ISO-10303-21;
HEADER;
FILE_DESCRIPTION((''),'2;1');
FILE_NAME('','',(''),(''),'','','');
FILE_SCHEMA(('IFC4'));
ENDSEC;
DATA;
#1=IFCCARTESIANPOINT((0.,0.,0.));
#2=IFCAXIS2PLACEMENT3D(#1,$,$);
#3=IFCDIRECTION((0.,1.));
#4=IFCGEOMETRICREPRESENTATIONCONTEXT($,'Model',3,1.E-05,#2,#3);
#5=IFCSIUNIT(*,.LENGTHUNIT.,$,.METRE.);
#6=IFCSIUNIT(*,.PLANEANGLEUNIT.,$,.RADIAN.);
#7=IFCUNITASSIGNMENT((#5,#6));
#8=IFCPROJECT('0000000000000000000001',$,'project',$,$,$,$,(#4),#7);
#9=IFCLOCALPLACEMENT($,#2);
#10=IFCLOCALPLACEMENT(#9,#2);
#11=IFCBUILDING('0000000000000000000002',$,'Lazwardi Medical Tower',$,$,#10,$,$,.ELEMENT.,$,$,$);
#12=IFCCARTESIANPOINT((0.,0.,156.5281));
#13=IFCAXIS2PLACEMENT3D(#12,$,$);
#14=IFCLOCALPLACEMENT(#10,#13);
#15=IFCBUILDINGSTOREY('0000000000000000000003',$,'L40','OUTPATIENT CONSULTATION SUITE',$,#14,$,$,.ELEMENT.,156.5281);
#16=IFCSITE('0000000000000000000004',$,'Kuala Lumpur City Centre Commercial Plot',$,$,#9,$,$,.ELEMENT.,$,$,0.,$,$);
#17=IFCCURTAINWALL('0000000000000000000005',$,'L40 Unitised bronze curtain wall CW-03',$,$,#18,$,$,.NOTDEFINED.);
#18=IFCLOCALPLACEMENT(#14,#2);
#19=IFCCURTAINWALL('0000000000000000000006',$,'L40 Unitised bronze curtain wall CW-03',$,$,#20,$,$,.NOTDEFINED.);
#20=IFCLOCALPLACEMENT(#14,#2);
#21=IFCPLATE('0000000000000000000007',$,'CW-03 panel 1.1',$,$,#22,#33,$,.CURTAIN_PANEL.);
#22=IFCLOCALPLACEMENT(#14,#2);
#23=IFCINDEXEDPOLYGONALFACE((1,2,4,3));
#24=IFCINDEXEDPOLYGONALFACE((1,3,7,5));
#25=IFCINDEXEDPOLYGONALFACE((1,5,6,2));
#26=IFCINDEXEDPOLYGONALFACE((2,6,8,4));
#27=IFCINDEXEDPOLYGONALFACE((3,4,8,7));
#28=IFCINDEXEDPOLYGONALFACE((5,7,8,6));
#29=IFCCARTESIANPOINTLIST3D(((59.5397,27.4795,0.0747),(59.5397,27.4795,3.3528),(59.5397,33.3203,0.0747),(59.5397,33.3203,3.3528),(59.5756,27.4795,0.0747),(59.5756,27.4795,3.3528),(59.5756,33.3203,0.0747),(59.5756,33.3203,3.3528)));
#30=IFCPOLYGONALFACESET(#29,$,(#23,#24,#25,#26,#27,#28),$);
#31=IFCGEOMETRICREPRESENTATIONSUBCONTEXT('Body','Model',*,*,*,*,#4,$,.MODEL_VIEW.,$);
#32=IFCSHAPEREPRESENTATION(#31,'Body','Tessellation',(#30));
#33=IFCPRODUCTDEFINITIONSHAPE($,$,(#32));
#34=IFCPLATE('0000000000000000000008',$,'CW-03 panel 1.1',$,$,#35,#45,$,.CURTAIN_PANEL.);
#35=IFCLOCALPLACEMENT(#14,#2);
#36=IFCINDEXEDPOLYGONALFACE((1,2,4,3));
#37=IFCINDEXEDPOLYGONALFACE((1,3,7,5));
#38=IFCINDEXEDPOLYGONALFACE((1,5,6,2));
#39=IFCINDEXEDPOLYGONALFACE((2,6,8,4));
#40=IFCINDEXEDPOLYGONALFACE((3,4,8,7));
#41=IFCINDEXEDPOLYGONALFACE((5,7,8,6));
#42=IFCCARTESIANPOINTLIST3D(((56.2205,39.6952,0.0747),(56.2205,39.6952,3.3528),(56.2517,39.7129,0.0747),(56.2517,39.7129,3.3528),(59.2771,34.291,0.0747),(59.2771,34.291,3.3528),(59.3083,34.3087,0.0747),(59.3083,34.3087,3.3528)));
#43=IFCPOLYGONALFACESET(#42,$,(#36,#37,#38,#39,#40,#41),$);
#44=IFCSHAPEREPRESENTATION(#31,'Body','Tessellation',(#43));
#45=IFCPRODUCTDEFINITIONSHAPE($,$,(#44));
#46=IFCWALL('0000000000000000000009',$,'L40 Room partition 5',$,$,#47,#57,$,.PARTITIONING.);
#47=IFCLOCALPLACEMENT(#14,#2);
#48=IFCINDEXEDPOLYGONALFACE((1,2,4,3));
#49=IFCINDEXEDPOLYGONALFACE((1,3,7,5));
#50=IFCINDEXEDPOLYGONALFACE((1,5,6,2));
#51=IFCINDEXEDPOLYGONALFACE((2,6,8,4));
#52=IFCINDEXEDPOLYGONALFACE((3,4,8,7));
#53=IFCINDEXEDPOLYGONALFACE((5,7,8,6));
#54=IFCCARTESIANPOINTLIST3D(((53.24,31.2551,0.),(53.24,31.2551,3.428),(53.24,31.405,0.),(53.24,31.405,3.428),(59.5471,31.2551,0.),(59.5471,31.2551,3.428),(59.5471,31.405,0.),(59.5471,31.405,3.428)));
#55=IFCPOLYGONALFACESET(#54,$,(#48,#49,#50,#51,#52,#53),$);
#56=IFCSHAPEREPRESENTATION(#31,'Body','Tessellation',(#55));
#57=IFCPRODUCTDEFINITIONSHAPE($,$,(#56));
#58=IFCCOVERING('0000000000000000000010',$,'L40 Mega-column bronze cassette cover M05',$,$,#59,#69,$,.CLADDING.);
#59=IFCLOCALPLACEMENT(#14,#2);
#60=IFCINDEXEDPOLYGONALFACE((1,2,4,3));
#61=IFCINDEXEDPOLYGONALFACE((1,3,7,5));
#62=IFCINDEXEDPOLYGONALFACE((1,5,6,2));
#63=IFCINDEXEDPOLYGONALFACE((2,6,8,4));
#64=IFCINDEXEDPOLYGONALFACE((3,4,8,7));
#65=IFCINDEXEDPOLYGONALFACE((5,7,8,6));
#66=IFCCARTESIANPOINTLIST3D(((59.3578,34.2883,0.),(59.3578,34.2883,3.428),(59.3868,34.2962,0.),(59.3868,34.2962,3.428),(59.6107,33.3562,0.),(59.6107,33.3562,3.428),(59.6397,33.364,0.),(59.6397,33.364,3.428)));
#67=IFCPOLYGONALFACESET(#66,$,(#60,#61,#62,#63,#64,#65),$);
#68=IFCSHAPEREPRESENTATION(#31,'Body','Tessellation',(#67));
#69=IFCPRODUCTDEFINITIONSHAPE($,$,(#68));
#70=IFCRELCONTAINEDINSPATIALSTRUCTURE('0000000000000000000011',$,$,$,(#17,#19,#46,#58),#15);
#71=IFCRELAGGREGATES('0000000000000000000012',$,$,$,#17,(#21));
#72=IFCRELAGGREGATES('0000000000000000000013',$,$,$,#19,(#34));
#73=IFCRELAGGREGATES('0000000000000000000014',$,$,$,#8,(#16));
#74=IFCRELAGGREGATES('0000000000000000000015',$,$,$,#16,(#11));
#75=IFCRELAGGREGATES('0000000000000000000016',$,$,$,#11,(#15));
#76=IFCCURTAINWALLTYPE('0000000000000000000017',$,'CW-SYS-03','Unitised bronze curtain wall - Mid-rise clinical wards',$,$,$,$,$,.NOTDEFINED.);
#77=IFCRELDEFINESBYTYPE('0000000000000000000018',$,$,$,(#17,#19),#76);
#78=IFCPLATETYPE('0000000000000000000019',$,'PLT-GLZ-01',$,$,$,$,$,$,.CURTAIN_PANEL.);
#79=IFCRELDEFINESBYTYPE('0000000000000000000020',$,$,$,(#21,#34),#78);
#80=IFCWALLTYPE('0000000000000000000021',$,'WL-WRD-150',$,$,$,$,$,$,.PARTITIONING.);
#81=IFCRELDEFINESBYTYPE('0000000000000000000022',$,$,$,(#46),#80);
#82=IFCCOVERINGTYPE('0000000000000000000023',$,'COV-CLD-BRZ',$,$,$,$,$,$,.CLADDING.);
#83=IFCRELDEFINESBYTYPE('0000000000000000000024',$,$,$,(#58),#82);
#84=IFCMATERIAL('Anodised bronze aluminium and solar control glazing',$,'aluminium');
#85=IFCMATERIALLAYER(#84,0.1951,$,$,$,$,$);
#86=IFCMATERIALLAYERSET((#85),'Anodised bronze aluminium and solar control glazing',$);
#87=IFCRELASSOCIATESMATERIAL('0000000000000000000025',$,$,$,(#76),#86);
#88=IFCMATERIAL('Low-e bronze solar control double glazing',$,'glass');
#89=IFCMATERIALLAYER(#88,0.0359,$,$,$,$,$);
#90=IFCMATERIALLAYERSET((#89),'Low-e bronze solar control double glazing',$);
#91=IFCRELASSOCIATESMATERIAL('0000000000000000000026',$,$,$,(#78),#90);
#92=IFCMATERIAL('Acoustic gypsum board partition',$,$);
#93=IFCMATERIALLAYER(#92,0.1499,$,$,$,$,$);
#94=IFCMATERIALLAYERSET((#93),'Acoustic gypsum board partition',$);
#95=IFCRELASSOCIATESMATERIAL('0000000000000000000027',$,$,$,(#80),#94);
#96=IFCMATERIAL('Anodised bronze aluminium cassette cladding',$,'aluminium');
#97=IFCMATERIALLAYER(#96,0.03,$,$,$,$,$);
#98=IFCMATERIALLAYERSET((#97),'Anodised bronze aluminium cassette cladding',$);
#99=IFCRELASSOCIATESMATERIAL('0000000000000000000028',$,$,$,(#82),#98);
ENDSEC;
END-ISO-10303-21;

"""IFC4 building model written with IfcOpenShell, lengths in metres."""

from ifc_helpers import new_model, si_unit, direction, frame, frame_2d, origin, origin_2d, place, context, subcontext, project, spatial, rectangle, extrude, material, layer, layer_set, type_object, element, aggregate, save


model = new_model("IFC4")

# Units and contexts
model_context = context("Model", 3, precision=1e-05, world=origin(), true_north=direction((0.0, 1.0)))
body_context = subcontext(model_context, "Body", "Model", "MODEL_VIEW")
ifc_project = project(units=[si_unit("LENGTHUNIT", "METRE"), si_unit("PLANEANGLEUNIT", "RADIAN")], contexts=[model_context])

# Site, building, storey
site_placement = place(None, origin())
site = spatial("IfcSite", under=ifc_project, at=site_placement, Name="Kuala Lumpur City Centre Commercial Plot", CompositionType="ELEMENT", RefElevation=0.0)
building_placement = place(site_placement, origin())
building = spatial("IfcBuilding", under=site, at=building_placement, Name="Lazwardi Medical Tower", CompositionType="ELEMENT")
storey_placement = place(building_placement, frame((0.0, 0.0, 156.5281)))
storey = spatial("IfcBuildingStorey", under=building, at=storey_placement, Name="L40", Description="OUTPATIENT CONSULTATION SUITE", CompositionType="ELEMENT", Elevation=156.5281)

# Curtain wall
ifc_material_1 = material(Name="Anodised bronze aluminium and solar control glazing", Category="aluminium")
ifc_layer_1 = layer(ifc_material_1, 0.1951)
ifc_layer_set_1 = layer_set([ifc_layer_1], Name="Anodised bronze aluminium and solar control glazing")
curtain_wall_type = type_object("IfcCurtainWallType", Name="CW-SYS-03", Description="Unitised bronze curtain wall - Mid-rise clinical wards", PredefinedType="NOTDEFINED", material=ifc_layer_set_1)
curtain_wall_1_placement = place(storey_placement, origin())
curtain_wall_1 = element("IfcCurtainWall", 1, at=curtain_wall_1_placement, inside=storey, type_object=curtain_wall_type, Name="L40 Unitised bronze curtain wall CW-03", PredefinedType="NOTDEFINED")

# Curtain wall
curtain_wall_2_placement = place(storey_placement, origin())
curtain_wall_2 = element("IfcCurtainWall", 2, at=curtain_wall_2_placement, inside=storey, type_object=curtain_wall_type, Name="L40 Unitised bronze curtain wall CW-03", PredefinedType="NOTDEFINED")

# Plates
ifc_material_2 = material(Name="Low-e bronze solar control double glazing", Category="glass")
ifc_layer_2 = layer(ifc_material_2, 0.0359)
ifc_layer_set_2 = layer_set([ifc_layer_2], Name="Low-e bronze solar control double glazing")
plate_type = type_object("IfcPlateType", Name="PLT-GLZ-01", PredefinedType="CURTAIN_PANEL", material=ifc_layer_set_2)
plate_1_placement = place(storey_placement, frame((59.5576, 30.3999, 0.0747), z_axis=(0.0, 0.0, 1.0), x_axis=(0.0, 1.0, 0.0)))
plate_1 = element("IfcPlate", 3, at=plate_1_placement, type_object=plate_type, Name="CW-03 panel 1.1", PredefinedType="CURTAIN_PANEL", context=body_context, shape_type="SweptSolid", body=[
    extrude(rectangle(XDim=5.8408, YDim=0.0359, at=origin_2d()), origin(), (0.0, 0.0, 1.0), 3.2781),
])
aggregate(curtain_wall_1, [plate_1])
plate_2_placement = place(storey_placement, frame((57.7644, 37.002, 0.0747), z_axis=(0.0, 0.0, 1.0), x_axis=(-0.492312, 0.870419, 0.0)))
plate_2 = element("IfcPlate", 4, at=plate_2_placement, type_object=plate_type, Name="CW-03 panel 1.1", PredefinedType="CURTAIN_PANEL", context=body_context, shape_type="SweptSolid", body=[
    extrude(rectangle(XDim=6.2087, YDim=0.0359, at=origin_2d()), origin(), (0.0, 0.0, 1.0), 3.2781),
])
aggregate(curtain_wall_2, [plate_2])

# Wall
ifc_material_3 = material(Name="Acoustic gypsum board partition")
ifc_layer_3 = layer(ifc_material_3, 0.1499)
ifc_layer_set_3 = layer_set([ifc_layer_3], Name="Acoustic gypsum board partition")
wall_type = type_object("IfcWallType", Name="WL-WRD-150", PredefinedType="PARTITIONING", material=ifc_layer_set_3)
wall_placement = place(storey_placement, frame((53.24, 31.3301, 0.0), z_axis=(0.0, 0.0, 1.0), x_axis=(1.0, 0.0, 0.0)))
element("IfcWall", 5, at=wall_placement, inside=storey, type_object=wall_type, Name="L40 Room partition 5", PredefinedType="PARTITIONING", context=body_context, shape_type="SweptSolid", body=[
    extrude(rectangle(XDim=6.3071, YDim=0.1499, at=frame_2d((3.1536, 0.0))), origin(), (0.0, 0.0, 1.0), 3.428),
])

# Covering
ifc_material_4 = material(Name="Anodised bronze aluminium cassette cladding", Category="aluminium")
ifc_layer_4 = layer(ifc_material_4, 0.03)
ifc_layer_set_4 = layer_set([ifc_layer_4], Name="Anodised bronze aluminium cassette cladding")
covering_type = type_object("IfcCoveringType", Name="COV-CLD-BRZ", PredefinedType="CLADDING", material=ifc_layer_set_4)
covering_placement = place(storey_placement, frame((59.4988, 33.8262, 0.0), z_axis=(0.0, 0.0, 1.0), x_axis=(-0.261829, 0.965114, 0.0)))
element("IfcCovering", 6, at=covering_placement, inside=storey, type_object=covering_type, Name="L40 Mega-column bronze cassette cover M05", PredefinedType="CLADDING", context=body_context, shape_type="SweptSolid", body=[
    extrude(rectangle(XDim=0.9658, YDim=0.03, at=origin_2d()), origin(), (0.0, 0.0, 1.0), 3.428),
])

save(model, "model.ifc")
